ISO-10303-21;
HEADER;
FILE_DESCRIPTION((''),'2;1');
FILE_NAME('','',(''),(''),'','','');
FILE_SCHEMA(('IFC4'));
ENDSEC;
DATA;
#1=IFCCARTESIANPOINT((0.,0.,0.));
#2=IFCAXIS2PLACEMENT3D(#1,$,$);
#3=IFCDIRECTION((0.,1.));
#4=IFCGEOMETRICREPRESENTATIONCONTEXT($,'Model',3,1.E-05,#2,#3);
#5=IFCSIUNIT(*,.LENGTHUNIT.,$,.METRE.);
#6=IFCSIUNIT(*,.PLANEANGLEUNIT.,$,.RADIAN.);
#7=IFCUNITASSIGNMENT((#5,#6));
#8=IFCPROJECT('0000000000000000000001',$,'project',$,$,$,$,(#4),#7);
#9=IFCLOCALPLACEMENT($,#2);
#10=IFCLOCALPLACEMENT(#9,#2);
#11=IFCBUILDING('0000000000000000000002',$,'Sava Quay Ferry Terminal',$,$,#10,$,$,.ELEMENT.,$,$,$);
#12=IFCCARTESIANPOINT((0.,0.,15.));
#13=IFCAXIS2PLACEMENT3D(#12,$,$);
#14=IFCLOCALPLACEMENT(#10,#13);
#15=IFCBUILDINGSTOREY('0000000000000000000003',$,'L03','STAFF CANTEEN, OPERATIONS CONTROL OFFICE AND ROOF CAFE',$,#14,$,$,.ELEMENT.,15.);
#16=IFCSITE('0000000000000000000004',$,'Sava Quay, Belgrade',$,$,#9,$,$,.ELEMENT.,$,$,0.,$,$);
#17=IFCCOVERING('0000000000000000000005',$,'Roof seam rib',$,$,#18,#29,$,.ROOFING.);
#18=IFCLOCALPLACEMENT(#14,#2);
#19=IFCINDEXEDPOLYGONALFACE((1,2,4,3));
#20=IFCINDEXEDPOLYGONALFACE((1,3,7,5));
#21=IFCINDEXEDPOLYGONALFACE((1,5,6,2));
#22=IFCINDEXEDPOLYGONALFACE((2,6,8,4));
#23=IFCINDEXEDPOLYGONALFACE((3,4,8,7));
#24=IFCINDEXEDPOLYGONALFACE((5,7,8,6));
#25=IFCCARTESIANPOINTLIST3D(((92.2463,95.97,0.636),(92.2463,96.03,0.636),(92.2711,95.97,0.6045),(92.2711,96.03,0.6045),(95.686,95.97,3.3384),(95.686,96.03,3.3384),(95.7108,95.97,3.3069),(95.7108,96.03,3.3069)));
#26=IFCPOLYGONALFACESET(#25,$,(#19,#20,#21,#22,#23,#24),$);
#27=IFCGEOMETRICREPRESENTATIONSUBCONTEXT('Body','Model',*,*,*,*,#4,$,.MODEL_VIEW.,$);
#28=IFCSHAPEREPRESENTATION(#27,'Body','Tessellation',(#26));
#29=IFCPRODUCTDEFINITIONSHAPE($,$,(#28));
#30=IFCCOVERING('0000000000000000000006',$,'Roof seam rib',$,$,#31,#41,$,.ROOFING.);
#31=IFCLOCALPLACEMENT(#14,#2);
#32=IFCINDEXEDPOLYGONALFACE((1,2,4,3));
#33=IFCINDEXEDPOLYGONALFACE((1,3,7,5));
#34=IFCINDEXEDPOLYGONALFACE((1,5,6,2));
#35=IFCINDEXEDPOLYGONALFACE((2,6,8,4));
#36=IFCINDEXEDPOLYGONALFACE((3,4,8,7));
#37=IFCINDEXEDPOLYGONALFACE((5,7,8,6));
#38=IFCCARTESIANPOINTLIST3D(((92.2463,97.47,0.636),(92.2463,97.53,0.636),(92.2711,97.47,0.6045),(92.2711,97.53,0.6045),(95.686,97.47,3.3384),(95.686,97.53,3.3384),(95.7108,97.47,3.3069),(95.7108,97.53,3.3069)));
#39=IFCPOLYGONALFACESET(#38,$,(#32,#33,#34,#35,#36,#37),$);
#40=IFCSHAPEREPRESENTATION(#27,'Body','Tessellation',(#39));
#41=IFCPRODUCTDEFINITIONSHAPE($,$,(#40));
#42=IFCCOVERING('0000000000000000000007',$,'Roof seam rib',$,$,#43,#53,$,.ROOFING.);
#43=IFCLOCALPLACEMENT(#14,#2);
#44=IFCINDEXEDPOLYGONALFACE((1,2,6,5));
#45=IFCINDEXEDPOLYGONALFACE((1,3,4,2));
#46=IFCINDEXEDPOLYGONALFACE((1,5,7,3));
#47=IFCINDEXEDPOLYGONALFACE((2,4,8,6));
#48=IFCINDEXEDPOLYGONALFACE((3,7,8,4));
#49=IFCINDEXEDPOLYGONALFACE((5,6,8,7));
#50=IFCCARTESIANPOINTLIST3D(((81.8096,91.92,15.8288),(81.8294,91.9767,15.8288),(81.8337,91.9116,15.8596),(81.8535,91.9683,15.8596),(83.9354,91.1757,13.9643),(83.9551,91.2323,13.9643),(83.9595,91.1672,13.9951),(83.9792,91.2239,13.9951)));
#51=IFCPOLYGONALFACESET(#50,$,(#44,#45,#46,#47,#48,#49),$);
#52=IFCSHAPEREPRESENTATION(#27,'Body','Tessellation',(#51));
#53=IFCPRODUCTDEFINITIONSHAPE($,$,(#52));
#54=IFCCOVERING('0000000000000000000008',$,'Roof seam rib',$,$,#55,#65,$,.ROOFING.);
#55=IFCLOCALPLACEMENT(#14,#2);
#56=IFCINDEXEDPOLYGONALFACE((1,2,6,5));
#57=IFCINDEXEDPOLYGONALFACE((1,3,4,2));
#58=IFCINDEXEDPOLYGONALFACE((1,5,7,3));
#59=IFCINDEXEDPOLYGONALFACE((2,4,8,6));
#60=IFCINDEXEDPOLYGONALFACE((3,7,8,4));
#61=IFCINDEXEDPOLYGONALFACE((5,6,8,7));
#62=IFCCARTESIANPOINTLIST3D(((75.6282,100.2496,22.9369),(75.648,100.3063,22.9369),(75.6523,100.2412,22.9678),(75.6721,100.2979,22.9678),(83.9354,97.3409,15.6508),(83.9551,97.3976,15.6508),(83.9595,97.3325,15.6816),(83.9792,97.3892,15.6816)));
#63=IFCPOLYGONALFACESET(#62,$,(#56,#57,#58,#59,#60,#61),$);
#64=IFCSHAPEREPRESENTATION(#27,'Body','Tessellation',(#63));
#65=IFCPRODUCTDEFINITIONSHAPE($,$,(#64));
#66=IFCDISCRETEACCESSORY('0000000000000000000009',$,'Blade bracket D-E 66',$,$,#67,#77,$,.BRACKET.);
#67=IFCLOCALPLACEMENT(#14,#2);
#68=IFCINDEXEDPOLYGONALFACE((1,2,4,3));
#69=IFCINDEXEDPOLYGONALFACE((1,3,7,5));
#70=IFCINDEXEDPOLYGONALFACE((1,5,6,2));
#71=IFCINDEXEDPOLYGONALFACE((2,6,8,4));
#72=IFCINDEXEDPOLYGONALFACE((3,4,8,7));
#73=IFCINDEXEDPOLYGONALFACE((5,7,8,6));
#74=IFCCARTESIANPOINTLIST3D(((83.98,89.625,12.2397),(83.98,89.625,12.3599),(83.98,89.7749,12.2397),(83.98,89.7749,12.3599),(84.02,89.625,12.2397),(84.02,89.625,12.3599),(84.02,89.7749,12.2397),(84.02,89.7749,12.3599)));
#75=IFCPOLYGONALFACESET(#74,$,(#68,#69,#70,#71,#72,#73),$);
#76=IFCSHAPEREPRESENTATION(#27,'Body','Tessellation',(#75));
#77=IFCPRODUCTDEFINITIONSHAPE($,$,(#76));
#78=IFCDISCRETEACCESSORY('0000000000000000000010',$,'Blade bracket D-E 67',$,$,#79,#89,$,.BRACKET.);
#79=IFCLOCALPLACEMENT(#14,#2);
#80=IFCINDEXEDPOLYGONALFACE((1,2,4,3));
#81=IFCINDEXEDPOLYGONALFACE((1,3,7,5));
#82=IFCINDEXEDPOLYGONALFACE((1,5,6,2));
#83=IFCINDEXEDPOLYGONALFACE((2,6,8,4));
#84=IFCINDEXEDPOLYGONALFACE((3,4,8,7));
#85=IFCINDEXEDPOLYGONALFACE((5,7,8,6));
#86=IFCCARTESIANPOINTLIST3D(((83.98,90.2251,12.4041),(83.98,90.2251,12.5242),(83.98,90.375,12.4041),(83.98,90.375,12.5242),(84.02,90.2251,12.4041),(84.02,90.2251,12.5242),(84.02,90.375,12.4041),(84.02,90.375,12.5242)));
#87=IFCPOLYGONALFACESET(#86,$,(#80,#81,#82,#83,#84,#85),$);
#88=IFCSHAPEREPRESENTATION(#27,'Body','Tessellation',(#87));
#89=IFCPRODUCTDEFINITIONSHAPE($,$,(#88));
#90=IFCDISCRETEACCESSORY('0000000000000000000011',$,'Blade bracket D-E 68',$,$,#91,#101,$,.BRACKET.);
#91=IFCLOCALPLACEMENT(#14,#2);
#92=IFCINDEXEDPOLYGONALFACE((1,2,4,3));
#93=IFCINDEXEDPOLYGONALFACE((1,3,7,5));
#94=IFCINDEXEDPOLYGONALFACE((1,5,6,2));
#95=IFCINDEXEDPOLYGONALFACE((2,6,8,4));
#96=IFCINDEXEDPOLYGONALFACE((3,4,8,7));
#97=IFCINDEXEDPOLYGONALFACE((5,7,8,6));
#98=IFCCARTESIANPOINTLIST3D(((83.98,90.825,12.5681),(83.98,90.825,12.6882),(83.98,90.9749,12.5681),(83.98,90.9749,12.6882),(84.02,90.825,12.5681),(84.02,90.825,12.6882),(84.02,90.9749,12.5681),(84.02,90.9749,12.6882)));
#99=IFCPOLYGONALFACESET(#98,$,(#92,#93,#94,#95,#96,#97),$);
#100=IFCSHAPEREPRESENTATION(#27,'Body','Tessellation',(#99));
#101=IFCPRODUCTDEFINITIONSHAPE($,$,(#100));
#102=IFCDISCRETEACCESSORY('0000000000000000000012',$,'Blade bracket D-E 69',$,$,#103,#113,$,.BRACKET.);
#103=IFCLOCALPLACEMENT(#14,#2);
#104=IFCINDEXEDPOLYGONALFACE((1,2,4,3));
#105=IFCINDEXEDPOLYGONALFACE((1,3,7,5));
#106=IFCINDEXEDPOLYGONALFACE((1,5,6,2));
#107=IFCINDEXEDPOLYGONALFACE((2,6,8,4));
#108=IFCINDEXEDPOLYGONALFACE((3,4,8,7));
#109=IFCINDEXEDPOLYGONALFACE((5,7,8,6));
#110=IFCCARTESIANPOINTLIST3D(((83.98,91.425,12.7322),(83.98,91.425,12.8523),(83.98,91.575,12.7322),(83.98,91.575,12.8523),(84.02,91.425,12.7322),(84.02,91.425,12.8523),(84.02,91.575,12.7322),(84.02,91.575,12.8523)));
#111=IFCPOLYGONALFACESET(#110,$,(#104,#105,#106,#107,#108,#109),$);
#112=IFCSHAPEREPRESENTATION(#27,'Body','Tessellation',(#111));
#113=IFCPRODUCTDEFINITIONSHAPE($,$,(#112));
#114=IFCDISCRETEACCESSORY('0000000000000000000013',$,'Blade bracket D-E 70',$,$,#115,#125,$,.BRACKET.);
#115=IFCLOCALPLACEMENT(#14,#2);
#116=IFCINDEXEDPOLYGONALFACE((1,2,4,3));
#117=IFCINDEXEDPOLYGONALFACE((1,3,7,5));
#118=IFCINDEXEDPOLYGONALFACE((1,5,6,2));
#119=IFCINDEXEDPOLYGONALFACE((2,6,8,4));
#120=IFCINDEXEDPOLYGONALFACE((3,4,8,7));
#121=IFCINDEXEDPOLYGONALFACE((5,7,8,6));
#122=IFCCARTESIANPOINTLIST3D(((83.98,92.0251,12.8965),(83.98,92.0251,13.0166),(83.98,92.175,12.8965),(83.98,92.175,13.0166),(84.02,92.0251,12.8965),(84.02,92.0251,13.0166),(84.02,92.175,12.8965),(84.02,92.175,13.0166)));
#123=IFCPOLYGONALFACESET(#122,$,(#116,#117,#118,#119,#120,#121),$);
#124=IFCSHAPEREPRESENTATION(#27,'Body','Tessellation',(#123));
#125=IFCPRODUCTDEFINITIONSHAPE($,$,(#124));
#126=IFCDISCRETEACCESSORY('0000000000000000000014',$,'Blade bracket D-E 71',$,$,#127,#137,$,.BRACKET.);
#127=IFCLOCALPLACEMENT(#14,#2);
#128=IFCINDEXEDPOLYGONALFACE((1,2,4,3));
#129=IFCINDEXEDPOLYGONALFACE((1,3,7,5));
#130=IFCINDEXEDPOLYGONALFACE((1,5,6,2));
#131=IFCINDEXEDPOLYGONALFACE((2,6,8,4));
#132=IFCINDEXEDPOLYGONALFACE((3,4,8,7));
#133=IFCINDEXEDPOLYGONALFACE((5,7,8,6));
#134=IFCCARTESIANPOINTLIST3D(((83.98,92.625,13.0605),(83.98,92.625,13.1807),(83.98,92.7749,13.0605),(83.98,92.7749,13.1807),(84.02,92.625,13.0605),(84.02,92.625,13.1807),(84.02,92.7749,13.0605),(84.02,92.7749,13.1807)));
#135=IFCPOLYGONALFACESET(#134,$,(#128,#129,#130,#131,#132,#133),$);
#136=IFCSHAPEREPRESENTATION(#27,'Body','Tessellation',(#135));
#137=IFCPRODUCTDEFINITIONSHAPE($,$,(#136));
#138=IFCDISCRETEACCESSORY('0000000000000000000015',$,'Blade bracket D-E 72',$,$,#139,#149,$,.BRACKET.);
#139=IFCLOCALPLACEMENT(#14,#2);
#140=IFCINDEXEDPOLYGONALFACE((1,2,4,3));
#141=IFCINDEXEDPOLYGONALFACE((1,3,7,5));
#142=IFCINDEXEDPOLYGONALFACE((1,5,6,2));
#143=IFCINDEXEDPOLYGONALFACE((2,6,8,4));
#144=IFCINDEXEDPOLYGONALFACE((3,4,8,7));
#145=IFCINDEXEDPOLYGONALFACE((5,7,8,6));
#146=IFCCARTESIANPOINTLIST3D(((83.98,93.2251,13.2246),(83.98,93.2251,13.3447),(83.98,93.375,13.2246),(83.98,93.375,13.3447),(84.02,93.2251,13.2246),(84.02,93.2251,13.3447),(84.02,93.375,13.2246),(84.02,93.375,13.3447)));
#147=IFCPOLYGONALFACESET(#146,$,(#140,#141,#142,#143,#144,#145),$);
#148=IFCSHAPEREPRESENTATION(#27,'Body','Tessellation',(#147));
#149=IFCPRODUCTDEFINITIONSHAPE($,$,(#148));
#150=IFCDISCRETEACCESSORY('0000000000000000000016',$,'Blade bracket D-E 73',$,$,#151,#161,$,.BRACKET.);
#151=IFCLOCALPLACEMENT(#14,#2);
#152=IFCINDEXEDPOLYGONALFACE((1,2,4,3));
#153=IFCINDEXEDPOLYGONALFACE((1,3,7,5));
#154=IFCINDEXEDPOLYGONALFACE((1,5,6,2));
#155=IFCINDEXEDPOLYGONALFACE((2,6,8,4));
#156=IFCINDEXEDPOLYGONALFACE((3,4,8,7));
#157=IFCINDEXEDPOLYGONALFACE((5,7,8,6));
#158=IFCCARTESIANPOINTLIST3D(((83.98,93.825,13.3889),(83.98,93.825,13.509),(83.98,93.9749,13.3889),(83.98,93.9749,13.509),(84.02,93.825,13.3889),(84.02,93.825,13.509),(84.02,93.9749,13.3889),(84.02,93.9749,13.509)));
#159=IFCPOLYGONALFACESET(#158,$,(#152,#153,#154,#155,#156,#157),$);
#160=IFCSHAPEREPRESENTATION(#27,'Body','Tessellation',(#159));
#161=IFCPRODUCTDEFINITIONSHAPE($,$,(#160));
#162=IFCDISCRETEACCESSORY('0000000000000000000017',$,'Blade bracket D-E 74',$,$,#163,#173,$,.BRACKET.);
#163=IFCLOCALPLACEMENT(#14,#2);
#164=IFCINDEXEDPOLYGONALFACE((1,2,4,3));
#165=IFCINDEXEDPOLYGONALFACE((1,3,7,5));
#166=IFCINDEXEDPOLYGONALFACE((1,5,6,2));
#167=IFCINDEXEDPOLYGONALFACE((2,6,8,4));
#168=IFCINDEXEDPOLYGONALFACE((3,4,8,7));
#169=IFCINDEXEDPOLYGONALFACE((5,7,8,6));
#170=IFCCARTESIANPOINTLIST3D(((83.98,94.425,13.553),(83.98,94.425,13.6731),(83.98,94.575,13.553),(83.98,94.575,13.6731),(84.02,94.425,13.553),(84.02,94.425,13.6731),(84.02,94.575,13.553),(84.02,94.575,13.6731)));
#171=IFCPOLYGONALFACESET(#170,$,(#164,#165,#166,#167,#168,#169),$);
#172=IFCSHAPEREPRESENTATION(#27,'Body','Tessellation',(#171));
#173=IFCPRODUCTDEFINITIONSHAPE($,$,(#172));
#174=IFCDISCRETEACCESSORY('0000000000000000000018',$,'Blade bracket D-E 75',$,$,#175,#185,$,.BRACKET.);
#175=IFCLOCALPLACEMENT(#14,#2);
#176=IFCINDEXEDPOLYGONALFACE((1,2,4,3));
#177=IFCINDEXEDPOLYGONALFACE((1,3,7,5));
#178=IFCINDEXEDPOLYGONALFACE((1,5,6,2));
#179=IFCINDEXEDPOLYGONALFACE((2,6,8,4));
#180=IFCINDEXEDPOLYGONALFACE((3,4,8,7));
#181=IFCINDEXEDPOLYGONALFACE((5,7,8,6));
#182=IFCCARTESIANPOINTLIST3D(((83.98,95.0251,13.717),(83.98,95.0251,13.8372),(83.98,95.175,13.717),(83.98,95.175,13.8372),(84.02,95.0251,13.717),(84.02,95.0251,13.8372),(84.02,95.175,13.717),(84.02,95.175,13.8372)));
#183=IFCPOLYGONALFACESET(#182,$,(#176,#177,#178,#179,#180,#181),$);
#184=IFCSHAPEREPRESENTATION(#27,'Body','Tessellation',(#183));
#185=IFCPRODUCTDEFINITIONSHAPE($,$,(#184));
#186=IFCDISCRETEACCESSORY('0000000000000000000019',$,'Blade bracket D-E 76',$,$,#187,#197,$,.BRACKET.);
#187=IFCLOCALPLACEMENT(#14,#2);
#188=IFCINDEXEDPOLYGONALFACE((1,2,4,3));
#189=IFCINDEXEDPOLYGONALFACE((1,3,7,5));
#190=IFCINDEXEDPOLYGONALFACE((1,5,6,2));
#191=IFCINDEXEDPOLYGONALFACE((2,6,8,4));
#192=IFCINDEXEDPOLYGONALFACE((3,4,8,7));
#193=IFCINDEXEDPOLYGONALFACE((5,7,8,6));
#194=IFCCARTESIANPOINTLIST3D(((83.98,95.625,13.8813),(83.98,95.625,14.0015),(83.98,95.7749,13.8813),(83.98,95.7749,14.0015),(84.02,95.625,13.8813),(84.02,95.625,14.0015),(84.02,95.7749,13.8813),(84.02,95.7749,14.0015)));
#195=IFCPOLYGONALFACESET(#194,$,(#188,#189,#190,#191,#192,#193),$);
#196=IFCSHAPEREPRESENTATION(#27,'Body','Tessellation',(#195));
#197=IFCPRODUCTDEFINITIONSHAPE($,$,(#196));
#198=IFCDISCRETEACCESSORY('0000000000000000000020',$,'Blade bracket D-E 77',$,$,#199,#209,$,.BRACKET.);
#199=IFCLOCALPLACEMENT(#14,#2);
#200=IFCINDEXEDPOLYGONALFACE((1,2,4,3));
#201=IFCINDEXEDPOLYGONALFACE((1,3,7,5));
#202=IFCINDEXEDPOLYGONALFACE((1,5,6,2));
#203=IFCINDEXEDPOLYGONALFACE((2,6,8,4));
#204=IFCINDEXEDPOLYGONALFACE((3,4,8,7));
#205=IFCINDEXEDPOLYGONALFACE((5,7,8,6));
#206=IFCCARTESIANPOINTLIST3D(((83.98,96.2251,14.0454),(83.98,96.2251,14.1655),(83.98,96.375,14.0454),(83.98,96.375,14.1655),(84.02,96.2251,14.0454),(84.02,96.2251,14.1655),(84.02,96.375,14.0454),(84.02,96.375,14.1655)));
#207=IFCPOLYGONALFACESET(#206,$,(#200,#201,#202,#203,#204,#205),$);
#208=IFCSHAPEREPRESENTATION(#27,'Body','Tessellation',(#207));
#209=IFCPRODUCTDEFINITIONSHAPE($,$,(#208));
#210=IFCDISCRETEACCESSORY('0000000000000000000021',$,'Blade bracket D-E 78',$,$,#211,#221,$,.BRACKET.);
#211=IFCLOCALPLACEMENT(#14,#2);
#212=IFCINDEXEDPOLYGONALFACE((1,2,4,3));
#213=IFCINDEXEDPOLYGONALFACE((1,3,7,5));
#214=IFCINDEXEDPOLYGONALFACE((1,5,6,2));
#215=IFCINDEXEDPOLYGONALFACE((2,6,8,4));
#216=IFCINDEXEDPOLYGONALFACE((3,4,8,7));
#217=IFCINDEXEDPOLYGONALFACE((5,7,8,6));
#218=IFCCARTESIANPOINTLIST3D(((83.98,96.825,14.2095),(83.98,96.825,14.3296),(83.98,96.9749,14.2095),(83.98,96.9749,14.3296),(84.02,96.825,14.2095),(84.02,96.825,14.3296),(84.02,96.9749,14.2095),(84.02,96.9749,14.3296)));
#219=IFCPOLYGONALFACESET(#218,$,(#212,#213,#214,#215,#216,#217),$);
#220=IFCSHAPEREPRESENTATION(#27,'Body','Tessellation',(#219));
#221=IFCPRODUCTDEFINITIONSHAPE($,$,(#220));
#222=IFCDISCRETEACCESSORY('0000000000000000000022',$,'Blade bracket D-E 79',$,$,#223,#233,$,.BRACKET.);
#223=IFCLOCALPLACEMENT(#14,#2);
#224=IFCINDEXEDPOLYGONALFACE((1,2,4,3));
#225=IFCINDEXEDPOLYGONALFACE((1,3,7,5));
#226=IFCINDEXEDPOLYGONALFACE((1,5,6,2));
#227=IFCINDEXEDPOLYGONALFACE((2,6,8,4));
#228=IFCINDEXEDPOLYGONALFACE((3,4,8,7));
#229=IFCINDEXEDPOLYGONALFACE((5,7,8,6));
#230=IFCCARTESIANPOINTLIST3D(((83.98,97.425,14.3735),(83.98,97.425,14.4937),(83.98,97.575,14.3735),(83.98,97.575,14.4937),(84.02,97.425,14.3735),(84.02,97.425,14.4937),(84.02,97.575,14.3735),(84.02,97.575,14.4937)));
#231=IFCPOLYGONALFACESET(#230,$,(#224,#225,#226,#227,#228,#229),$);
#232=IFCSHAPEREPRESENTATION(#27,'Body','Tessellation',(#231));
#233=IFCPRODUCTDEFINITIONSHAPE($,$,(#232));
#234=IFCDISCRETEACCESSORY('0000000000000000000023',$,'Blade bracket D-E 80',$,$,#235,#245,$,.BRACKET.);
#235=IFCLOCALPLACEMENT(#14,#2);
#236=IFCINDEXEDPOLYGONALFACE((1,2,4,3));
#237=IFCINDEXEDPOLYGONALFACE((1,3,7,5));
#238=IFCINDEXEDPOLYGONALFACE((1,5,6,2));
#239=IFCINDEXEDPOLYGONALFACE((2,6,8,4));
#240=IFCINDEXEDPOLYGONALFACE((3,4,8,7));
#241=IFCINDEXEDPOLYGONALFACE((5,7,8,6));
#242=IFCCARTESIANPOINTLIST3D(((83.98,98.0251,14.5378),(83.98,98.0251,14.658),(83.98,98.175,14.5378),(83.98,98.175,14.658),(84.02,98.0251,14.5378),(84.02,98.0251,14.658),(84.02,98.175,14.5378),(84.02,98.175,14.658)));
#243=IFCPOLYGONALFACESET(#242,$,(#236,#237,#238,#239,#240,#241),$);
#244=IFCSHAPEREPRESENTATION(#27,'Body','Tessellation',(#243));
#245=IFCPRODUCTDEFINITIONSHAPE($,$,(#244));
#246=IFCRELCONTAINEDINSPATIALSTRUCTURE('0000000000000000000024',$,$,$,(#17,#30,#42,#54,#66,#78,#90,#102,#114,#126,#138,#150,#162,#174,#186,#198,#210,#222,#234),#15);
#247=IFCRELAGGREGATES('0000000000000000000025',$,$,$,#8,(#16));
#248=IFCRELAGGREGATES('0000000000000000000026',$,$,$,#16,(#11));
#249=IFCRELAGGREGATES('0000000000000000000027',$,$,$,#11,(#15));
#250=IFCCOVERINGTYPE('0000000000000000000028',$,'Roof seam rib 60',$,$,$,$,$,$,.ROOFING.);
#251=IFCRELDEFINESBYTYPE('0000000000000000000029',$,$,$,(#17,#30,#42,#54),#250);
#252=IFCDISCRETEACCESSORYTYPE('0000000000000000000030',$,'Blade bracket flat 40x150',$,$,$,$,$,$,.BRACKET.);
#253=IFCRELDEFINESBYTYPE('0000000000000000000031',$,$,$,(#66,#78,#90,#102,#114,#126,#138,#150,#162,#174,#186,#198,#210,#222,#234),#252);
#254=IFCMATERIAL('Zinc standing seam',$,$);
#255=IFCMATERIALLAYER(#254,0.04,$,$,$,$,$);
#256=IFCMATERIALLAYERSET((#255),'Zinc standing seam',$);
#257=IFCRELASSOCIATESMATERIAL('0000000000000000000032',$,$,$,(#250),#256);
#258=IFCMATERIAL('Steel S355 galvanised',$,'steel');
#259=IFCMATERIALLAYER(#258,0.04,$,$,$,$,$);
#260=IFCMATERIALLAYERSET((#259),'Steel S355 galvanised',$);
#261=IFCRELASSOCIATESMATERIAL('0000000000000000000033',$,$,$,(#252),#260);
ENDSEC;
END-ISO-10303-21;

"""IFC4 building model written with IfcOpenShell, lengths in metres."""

from ifc_helpers import new_model, si_unit, direction, frame, origin, origin_2d, place, context, subcontext, project, spatial, polyline, rectangle, outline, extrude, material, layer, layer_set, type_object, element, save


model = new_model("IFC4")

# Units and contexts
model_context = context("Model", 3, precision=1e-05, world=origin(), true_north=direction((0.0, 1.0)))
body_context = subcontext(model_context, "Body", "Model", "MODEL_VIEW")
ifc_project = project(units=[si_unit("LENGTHUNIT", "METRE"), si_unit("PLANEANGLEUNIT", "RADIAN")], contexts=[model_context])

# Site, building, storey
site_placement = place(None, origin())
site = spatial("IfcSite", under=ifc_project, at=site_placement, Name="Sava Quay, Belgrade", CompositionType="ELEMENT", RefElevation=0.0)
building_placement = place(site_placement, origin())
building = spatial("IfcBuilding", under=site, at=building_placement, Name="Sava Quay Ferry Terminal", CompositionType="ELEMENT")
storey_placement = place(building_placement, frame((0.0, 0.0, 15.0)))
storey = spatial("IfcBuildingStorey", under=building, at=storey_placement, Name="L03", Description="STAFF CANTEEN, OPERATIONS CONTROL OFFICE AND ROOF CAFE", CompositionType="ELEMENT", Elevation=15.0)

# Coverings
ifc_material_1 = material(Name="Zinc standing seam")
ifc_layer_1 = layer(ifc_material_1, 0.04)
ifc_layer_set_1 = layer_set([ifc_layer_1], Name="Zinc standing seam")
covering_type = type_object("IfcCoveringType", Name="Roof seam rib 60", PredefinedType="ROOFING", material=ifc_layer_set_1)
for number, where, z_axis, x_axis, name in (
    (1, (92.2463, 96.03, 0.636), (-0.61779, 0.0, 0.786344), (0.786344, 0.0, 0.61779), "Roof seam rib"),
    (2, (92.2463, 97.53, 0.636), (-0.61779, 0.0, 0.786344), (0.786344, 0.0, 0.61779), "Roof seam rib"),
):
    element("IfcCovering", number, at=place(storey_placement, frame(where, z_axis=z_axis, x_axis=x_axis)), inside=storey, type_object=covering_type, Name=name, PredefinedType="ROOFING", context=body_context, shape_type="SweptSolid", body=[
        extrude(outline(polyline([(0.0, 0.0), (4.3743, 0.0), (4.3743, -0.0601), (0.0, -0.0601), (0.0, 0.0)])), origin(), (0.0, 0.0, -1.0), 0.04),
    ])
covering_1_placement = place(storey_placement, frame((83.9595, 91.1672, 13.9951), z_axis=(0.602037, -0.210194, 0.770305), x_axis=(-0.727019, 0.254586, 0.637676)))
element("IfcCovering", 3, at=covering_1_placement, inside=storey, type_object=covering_type, Name="Roof seam rib", PredefinedType="ROOFING", context=body_context, shape_type="SweptSolid", body=[
    extrude(outline(polyline([(0.0, 0.0), (2.9239, 0.0), (2.9239, -0.06), (0.0, -0.06), (0.0, 0.0)])), origin(), (0.0, 0.0, -1.0), 0.04),
])
covering_2_placement = place(storey_placement, frame((83.9595, 97.3325, 15.6816), z_axis=(0.602034, -0.210193, 0.770308), x_axis=(-0.727029, 0.254565, 0.637672)))
element("IfcCovering", 4, at=covering_2_placement, inside=storey, type_object=covering_type, Name="Roof seam rib", PredefinedType="ROOFING", context=body_context, shape_type="SweptSolid", body=[
    extrude(outline(polyline([(0.0, 0.0), (11.4261, 0.0), (11.4262, -0.06), (0.0, -0.06), (0.0, 0.0)])), origin(), (0.0, 0.0, -1.0), 0.04),
])

# Discrete accessories
ifc_material_2 = material(Name="Steel S355 galvanised", Category="steel")
ifc_layer_2 = layer(ifc_material_2, 0.04)
ifc_layer_set_2 = layer_set([ifc_layer_2], Name="Steel S355 galvanised")
discrete_accessory_type = type_object("IfcDiscreteAccessoryType", Name="Blade bracket flat 40x150", PredefinedType="BRACKET", material=ifc_layer_set_2)
for number, where, z_axis, x_axis, name in (
    (5, (84.0, 89.7, 12.2397), (0.0, 0.0, 1.0), (1.0, 0.0, 0.0), "Blade bracket D-E 66"),
    (6, (84.0, 90.3, 12.4041), (0.0, 0.0, 1.0), (1.0, 0.0, 0.0), "Blade bracket D-E 67"),
    (7, (84.0, 90.8999, 12.5681), (0.0, 0.0, 1.0), (1.0, 0.0, 0.0), "Blade bracket D-E 68"),
    (8, (84.0, 91.5, 12.7322), (0.0, 0.0, 1.0), (1.0, 0.0, 0.0), "Blade bracket D-E 69"),
    (9, (84.0, 92.1001, 12.8965), (0.0, 0.0, 1.0), (1.0, 0.0, 0.0), "Blade bracket D-E 70"),
    (10, (84.0, 92.7, 13.0605), (0.0, 0.0, 1.0), (1.0, 0.0, 0.0), "Blade bracket D-E 71"),
    (11, (84.0, 93.3, 13.2246), (0.0, 0.0, 1.0), (1.0, 0.0, 0.0), "Blade bracket D-E 72"),
    (12, (84.0, 93.8999, 13.3889), (0.0, 0.0, 1.0), (1.0, 0.0, 0.0), "Blade bracket D-E 73"),
    (13, (84.0, 94.5, 13.553), (0.0, 0.0, 1.0), (1.0, 0.0, 0.0), "Blade bracket D-E 74"),
    (14, (84.0, 95.1001, 13.717), (0.0, 0.0, 1.0), (1.0, 0.0, 0.0), "Blade bracket D-E 75"),
    (15, (84.0, 95.7, 13.8813), (0.0, 0.0, 1.0), (1.0, 0.0, 0.0), "Blade bracket D-E 76"),
    (16, (84.0, 96.3, 14.0454), (0.0, 0.0, 1.0), (1.0, 0.0, 0.0), "Blade bracket D-E 77"),
    (17, (84.0, 96.8999, 14.2095), (0.0, 0.0, 1.0), (1.0, 0.0, 0.0), "Blade bracket D-E 78"),
    (18, (84.0, 97.5, 14.3735), (0.0, 0.0, 1.0), (1.0, 0.0, 0.0), "Blade bracket D-E 79"),
    (19, (84.0, 98.1001, 14.5378), (0.0, 0.0, 1.0), (1.0, 0.0, 0.0), "Blade bracket D-E 80"),
):
    element("IfcDiscreteAccessory", number, at=place(storey_placement, frame(where, z_axis=z_axis, x_axis=x_axis)), inside=storey, type_object=discrete_accessory_type, Name=name, PredefinedType="BRACKET", context=body_context, shape_type="SweptSolid", body=[
        extrude(rectangle(XDim=0.04, YDim=0.1499, at=origin_2d()), origin(), (0.0, 0.0, 1.0), 0.1201),
    ])

save(model, "model.ifc")
